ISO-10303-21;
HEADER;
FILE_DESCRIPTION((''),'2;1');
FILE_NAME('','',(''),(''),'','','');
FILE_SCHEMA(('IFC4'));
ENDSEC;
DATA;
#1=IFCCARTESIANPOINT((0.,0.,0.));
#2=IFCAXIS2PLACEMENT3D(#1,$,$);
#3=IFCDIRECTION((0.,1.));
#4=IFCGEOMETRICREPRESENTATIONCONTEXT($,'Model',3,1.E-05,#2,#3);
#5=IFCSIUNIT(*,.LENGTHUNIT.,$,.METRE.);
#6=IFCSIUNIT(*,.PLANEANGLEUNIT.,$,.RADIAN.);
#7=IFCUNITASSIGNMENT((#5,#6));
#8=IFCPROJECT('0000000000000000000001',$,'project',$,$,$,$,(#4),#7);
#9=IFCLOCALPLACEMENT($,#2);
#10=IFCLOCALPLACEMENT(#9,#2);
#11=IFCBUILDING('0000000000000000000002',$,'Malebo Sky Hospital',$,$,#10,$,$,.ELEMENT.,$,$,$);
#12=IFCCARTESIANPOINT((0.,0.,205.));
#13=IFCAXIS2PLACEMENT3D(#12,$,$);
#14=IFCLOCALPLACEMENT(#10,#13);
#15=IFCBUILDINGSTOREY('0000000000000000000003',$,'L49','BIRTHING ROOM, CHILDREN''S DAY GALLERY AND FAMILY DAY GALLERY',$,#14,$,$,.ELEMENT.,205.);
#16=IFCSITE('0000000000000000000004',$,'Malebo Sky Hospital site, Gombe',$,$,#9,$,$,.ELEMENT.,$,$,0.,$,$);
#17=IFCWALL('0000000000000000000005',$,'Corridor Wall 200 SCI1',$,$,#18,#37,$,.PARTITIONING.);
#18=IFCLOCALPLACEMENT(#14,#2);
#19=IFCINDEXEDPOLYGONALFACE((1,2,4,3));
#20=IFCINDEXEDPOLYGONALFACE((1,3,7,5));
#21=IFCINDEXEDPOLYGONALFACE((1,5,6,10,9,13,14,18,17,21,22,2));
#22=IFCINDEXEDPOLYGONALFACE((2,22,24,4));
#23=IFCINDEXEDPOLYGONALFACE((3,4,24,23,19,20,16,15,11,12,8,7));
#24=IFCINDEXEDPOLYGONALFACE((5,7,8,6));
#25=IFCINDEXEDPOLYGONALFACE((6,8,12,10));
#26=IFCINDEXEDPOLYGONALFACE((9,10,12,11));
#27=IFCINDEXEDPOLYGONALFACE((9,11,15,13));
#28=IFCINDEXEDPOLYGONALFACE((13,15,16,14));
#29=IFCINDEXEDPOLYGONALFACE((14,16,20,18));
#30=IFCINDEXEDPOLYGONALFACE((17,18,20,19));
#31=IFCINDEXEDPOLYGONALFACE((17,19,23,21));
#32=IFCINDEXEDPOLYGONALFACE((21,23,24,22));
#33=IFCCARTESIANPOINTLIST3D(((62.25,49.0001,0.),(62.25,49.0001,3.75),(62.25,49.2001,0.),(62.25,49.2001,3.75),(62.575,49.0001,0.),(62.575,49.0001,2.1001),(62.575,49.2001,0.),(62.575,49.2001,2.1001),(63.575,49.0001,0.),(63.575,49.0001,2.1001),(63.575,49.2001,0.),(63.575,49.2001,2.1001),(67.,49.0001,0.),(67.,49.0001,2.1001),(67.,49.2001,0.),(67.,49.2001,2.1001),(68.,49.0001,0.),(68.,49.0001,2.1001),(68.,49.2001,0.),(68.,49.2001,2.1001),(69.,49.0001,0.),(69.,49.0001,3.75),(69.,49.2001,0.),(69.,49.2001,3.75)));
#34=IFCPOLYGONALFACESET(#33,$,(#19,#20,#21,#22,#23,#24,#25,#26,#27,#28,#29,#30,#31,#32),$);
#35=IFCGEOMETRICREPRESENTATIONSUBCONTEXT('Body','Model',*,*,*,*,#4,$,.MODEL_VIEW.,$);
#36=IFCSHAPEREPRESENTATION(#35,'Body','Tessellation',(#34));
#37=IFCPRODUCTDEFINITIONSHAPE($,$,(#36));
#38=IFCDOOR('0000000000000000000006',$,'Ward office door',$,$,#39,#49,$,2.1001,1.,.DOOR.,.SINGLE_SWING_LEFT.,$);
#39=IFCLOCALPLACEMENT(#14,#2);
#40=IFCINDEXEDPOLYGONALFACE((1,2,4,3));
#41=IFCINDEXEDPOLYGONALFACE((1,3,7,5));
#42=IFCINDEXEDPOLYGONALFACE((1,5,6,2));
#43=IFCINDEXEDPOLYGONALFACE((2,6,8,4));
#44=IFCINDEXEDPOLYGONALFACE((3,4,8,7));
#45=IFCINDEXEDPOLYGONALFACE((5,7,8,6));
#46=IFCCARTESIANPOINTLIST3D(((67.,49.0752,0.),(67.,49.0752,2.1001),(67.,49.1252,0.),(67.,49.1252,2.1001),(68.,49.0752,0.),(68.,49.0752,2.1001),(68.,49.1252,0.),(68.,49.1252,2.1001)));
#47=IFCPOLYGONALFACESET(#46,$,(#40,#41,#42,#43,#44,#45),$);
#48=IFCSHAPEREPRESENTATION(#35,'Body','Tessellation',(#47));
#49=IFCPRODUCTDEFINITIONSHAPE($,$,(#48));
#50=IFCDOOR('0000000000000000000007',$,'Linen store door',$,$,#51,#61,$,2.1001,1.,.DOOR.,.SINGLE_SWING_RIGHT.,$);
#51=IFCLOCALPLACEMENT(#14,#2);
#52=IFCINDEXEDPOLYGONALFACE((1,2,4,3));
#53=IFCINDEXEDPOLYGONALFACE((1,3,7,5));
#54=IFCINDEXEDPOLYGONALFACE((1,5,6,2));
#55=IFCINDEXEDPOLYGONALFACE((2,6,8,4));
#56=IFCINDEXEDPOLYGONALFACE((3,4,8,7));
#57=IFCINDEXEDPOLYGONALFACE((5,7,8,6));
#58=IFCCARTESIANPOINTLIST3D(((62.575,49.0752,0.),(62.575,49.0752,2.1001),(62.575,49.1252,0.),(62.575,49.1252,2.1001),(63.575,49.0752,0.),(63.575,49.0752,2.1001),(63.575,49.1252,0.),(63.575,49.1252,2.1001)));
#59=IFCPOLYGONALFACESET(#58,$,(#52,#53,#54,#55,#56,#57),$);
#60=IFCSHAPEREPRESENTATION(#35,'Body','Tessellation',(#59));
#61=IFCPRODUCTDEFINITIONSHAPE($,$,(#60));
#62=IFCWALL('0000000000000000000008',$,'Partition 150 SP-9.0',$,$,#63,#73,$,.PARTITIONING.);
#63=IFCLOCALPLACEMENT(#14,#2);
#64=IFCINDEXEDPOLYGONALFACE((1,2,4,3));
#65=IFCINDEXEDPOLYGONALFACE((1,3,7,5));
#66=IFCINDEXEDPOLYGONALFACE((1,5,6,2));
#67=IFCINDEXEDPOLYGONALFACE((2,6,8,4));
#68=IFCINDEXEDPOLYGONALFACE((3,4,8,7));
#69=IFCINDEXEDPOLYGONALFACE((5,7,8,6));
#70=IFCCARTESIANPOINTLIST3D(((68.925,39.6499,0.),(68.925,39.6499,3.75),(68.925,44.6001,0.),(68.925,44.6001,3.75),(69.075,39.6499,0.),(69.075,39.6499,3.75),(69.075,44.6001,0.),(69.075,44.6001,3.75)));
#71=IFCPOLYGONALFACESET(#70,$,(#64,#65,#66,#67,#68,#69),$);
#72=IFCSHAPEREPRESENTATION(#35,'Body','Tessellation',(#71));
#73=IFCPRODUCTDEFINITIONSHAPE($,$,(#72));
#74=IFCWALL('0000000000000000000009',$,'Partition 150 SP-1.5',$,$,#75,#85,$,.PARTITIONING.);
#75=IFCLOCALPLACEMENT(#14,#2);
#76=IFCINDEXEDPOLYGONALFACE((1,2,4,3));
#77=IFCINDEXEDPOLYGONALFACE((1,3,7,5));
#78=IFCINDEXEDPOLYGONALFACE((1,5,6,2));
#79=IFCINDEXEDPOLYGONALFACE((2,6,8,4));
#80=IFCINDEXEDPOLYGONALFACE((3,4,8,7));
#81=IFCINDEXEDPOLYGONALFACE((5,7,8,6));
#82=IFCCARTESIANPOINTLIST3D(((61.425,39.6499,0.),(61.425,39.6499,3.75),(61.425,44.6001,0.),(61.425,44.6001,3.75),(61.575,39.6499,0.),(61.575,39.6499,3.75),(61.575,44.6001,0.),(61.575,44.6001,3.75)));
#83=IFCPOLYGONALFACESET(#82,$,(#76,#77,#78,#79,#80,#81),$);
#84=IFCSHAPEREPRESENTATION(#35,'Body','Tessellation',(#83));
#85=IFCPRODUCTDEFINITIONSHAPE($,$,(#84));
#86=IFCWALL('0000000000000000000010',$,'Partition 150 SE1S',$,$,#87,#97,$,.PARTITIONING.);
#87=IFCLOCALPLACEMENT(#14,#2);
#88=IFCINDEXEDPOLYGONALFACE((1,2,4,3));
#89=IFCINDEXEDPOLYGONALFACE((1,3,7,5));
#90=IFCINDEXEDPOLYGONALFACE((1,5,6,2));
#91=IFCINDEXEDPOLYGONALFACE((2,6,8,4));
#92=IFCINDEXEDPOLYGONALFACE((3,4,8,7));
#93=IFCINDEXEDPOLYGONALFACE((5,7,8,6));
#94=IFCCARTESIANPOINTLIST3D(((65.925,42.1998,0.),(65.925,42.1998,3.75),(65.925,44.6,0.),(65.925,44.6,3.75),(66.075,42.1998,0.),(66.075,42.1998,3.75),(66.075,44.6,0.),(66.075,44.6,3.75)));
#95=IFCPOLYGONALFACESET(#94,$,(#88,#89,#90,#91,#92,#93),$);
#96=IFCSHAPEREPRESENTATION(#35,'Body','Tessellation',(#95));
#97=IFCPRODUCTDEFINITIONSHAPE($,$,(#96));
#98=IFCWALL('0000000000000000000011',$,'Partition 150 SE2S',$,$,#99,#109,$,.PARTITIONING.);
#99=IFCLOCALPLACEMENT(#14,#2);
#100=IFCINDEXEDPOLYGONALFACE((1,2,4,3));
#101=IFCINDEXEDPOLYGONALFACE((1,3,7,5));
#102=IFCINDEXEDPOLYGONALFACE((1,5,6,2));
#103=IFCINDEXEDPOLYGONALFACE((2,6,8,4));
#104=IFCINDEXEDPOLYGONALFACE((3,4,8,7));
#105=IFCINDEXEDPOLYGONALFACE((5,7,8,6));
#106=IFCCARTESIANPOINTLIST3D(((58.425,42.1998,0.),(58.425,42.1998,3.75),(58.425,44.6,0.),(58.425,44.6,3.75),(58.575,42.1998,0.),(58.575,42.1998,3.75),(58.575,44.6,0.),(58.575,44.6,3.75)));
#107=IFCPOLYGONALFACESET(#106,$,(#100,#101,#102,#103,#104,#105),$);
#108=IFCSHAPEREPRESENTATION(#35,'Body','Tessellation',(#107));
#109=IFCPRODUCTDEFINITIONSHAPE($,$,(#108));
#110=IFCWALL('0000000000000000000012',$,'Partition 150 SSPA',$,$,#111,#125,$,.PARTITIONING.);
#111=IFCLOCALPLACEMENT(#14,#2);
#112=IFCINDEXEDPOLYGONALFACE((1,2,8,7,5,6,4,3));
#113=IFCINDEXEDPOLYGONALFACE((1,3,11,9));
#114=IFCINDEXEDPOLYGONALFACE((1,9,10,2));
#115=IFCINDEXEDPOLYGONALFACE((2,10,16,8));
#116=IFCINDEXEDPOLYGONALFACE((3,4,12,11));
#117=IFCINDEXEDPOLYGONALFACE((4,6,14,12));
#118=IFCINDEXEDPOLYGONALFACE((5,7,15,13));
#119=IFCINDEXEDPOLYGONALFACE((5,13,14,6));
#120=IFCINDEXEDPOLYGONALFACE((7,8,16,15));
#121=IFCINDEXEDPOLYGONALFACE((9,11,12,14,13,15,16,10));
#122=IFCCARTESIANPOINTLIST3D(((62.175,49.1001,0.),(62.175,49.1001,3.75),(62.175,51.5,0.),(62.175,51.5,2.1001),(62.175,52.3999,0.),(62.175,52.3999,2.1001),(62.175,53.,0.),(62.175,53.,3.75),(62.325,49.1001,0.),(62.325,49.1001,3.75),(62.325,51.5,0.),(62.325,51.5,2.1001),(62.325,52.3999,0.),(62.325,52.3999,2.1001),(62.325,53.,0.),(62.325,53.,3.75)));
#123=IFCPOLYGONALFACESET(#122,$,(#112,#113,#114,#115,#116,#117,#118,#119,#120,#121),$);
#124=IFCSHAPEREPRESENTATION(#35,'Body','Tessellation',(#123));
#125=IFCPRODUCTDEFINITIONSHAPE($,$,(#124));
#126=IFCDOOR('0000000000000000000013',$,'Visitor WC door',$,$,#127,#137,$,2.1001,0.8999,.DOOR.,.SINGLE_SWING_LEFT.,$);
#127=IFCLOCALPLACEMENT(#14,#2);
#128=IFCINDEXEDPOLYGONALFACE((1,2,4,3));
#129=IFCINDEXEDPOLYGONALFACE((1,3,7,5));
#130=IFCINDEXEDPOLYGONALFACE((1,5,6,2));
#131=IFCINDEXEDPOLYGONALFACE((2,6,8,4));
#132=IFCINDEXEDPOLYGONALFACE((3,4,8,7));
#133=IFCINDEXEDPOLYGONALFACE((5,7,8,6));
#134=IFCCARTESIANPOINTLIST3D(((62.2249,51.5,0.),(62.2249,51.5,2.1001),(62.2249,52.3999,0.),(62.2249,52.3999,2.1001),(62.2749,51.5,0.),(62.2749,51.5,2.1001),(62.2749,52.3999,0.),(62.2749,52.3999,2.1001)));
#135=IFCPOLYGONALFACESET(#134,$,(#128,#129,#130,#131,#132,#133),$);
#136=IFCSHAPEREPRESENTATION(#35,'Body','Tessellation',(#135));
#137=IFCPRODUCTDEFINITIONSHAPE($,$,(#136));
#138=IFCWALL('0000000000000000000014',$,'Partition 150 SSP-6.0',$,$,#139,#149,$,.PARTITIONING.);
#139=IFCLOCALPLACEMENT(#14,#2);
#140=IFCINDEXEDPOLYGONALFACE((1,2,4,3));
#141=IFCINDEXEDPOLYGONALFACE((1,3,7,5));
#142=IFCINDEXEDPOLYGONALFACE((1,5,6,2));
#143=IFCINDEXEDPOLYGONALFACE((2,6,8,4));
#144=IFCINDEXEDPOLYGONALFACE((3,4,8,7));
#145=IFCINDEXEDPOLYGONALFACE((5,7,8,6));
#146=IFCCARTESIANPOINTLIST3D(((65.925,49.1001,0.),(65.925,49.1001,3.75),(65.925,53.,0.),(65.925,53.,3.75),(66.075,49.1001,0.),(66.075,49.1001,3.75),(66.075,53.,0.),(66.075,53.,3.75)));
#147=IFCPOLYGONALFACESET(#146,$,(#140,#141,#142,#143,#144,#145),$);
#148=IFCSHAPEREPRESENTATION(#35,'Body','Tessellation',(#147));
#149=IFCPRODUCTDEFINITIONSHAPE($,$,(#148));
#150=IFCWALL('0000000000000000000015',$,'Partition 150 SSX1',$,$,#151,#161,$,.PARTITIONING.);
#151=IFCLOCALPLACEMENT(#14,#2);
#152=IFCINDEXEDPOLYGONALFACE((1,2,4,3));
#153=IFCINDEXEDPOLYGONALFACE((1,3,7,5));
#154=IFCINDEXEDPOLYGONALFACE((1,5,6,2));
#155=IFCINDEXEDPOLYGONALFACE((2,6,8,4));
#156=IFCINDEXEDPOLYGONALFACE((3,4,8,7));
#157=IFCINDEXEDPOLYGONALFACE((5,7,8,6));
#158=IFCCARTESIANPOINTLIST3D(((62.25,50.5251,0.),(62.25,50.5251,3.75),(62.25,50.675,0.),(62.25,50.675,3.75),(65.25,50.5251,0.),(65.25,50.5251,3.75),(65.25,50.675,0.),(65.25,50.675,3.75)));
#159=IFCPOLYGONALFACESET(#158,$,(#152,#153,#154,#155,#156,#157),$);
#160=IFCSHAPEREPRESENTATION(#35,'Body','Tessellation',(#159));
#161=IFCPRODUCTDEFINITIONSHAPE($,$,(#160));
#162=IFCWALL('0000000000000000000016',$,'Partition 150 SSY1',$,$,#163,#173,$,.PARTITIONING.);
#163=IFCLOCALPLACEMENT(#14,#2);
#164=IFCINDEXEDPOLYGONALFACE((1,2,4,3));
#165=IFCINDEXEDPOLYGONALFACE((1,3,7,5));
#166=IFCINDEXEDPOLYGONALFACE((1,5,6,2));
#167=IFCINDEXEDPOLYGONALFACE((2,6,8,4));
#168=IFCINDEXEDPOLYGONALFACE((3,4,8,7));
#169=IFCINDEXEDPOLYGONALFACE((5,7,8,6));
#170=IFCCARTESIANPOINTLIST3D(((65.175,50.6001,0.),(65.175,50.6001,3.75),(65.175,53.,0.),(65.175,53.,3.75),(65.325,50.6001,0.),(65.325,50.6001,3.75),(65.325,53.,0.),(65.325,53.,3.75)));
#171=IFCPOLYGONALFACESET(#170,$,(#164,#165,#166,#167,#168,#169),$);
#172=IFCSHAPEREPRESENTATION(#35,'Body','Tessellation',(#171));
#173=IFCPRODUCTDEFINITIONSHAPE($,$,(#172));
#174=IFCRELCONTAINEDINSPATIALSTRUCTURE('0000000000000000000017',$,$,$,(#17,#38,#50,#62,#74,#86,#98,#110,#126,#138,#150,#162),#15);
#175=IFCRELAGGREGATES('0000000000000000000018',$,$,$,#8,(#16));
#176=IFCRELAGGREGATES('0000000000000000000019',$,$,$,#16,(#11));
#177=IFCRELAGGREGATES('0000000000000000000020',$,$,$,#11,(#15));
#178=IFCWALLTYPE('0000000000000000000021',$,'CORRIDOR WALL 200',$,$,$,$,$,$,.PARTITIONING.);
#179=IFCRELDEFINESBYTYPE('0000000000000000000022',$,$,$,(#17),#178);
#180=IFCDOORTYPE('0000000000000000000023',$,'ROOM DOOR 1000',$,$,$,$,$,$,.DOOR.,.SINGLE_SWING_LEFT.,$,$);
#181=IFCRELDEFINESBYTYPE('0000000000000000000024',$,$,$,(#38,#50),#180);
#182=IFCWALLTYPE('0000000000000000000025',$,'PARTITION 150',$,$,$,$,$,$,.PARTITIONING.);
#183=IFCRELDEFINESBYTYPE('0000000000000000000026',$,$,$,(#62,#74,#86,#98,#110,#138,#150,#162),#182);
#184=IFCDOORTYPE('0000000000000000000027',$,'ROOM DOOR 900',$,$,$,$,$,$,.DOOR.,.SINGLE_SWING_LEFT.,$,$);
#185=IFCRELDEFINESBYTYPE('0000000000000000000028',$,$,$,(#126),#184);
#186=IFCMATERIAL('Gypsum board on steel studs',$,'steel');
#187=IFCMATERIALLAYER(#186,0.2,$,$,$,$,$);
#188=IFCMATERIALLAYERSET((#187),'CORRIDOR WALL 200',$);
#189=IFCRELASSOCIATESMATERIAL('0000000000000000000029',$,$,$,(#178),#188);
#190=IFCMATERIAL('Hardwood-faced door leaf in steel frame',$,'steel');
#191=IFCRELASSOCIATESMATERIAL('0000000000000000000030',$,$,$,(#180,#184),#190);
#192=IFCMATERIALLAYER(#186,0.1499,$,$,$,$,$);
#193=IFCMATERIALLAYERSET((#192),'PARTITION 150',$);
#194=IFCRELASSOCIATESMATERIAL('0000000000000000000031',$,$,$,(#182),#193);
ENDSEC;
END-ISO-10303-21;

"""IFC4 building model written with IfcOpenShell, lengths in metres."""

from ifc_helpers import new_model, si_unit, direction, frame, frame_2d, origin, place, context, subcontext, project, spatial, rectangle, extrude, material, layer, layer_set, type_object, element, fill, save


model = new_model("IFC4")

# Units and contexts
model_context = context("Model", 3, precision=1e-05, world=origin(), true_north=direction((0.0, 1.0)))
body_context = subcontext(model_context, "Body", "Model", "MODEL_VIEW")
ifc_project = project(units=[si_unit("LENGTHUNIT", "METRE"), si_unit("PLANEANGLEUNIT", "RADIAN")], contexts=[model_context])

# Site, building, storey
site_placement = place(None, origin())
site = spatial("IfcSite", under=ifc_project, at=site_placement, Name="Malebo Sky Hospital site, Gombe", CompositionType="ELEMENT", RefElevation=0.0)
building_placement = place(site_placement, origin())
building = spatial("IfcBuilding", under=site, at=building_placement, Name="Malebo Sky Hospital", CompositionType="ELEMENT")
storey_placement = place(building_placement, frame((0.0, 0.0, 205.0)))
storey = spatial("IfcBuildingStorey", under=building, at=storey_placement, Name="L49", Description="BIRTHING ROOM, CHILDREN'S DAY GALLERY AND FAMILY DAY GALLERY", CompositionType="ELEMENT", Elevation=205.0)

# Wall, openings, doors
ifc_material_1 = material(Name="Gypsum board on steel studs", Category="steel")
ifc_layer_1 = layer(ifc_material_1, 0.2)
ifc_layer_set_1 = layer_set([ifc_layer_1], Name="CORRIDOR WALL 200")
wall_type_1 = type_object("IfcWallType", Name="CORRIDOR WALL 200", PredefinedType="PARTITIONING", material=ifc_layer_set_1)
ifc_material_2 = material(Name="Hardwood-faced door leaf in steel frame", Category="steel")
wall_1_placement = place(storey_placement, frame((69.0, 49.1001, 0.0), z_axis=(0.0, 0.0, 1.0), x_axis=(-1.0, 0.0, 0.0)))
wall_1 = element("IfcWall", 1, at=wall_1_placement, inside=storey, type_object=wall_type_1, Name="Corridor Wall 200 SCI1", PredefinedType="PARTITIONING", context=body_context, shape_type="SweptSolid", body=[
    extrude(rectangle(XDim=6.75, YDim=0.2, at=frame_2d((3.375, 0.0))), origin(), (0.0, 0.0, 1.0), 3.75),
])
opening_1_placement = place(wall_1_placement, frame((1.0, 0.0, 0.0)))
opening_1 = element("IfcOpeningElement", 2, at=opening_1_placement, cuts=wall_1, PredefinedType="OPENING", context=body_context, shape_type="SweptSolid", body=[
    extrude(rectangle(XDim=1.0, YDim=2.1001, at=frame_2d((0.5, 1.05))), frame((0.0, 0.1099, 0.0), z_axis=(0.0, -1.0, 0.0), x_axis=(1.0, 0.0, 0.0)), (0.0, 0.0, 1.0), 0.22),
])
opening_2_placement = place(wall_1_placement, frame((5.425, 0.0, 0.0)))
opening_2 = element("IfcOpeningElement", 3, at=opening_2_placement, cuts=wall_1, PredefinedType="OPENING", context=body_context, shape_type="SweptSolid", body=[
    extrude(rectangle(XDim=1.0, YDim=2.1001, at=frame_2d((0.5, 1.05))), frame((0.0, 0.1099, 0.0), z_axis=(0.0, -1.0, 0.0), x_axis=(1.0, 0.0, 0.0)), (0.0, 0.0, 1.0), 0.22),
])
door_type_1 = type_object("IfcDoorType", Name="ROOM DOOR 1000", OperationType="SINGLE_SWING_LEFT", PredefinedType="DOOR", material=ifc_material_2)
door_1_placement = place(opening_1_placement, origin())
door_1 = element("IfcDoor", 4, at=door_1_placement, inside=storey, type_object=door_type_1, Name="Ward office door", OperationType="SINGLE_SWING_LEFT", OverallHeight=2.1001, OverallWidth=1.0, PredefinedType="DOOR", context=body_context, shape_type="SweptSolid", body=[
    extrude(rectangle(XDim=1.0, YDim=2.1001, at=frame_2d((0.5, 1.05))), frame((0.0, 0.0249, 0.0), z_axis=(0.0, -1.0, 0.0), x_axis=(1.0, 0.0, 0.0)), (0.0, 0.0, 1.0), 0.05),
])
fill(opening_1, door_1)
door_2_placement = place(opening_2_placement, origin())
door_2 = element("IfcDoor", 5, at=door_2_placement, inside=storey, type_object=door_type_1, Name="Linen store door", OperationType="SINGLE_SWING_RIGHT", OverallHeight=2.1001, OverallWidth=1.0, PredefinedType="DOOR", context=body_context, shape_type="SweptSolid", body=[
    extrude(rectangle(XDim=1.0, YDim=2.1001, at=frame_2d((0.5, 1.05))), frame((0.0, 0.0249, 0.0), z_axis=(0.0, -1.0, 0.0), x_axis=(1.0, 0.0, 0.0)), (0.0, 0.0, 1.0), 0.05),
])
fill(opening_2, door_2)

# Walls
ifc_layer_2 = layer(ifc_material_1, 0.1499)
ifc_layer_set_2 = layer_set([ifc_layer_2], Name="PARTITION 150")
wall_type_2 = type_object("IfcWallType", Name="PARTITION 150", PredefinedType="PARTITIONING", material=ifc_layer_set_2)
for number, where, z_axis, x_axis, name in (
    (6, (69.0, 44.6001, 0.0), (0.0, 0.0, 1.0), (0.0, -1.0, 0.0), "Partition 150 SP-9.0"),
    (7, (61.5, 44.6001, 0.0), (0.0, 0.0, 1.0), (0.0, -1.0, 0.0), "Partition 150 SP-1.5"),
):
    element("IfcWall", number, at=place(storey_placement, frame(where, z_axis=z_axis, x_axis=x_axis)), inside=storey, type_object=wall_type_2, Name=name, PredefinedType="PARTITIONING", context=body_context, shape_type="SweptSolid", body=[
        extrude(rectangle(XDim=4.9502, YDim=0.1499, at=frame_2d((2.4751, 0.0))), origin(), (0.0, 0.0, 1.0), 3.75),
    ])
for number, where, z_axis, x_axis, name in (
    (8, (66.0, 44.6001, 0.0), (0.0, 0.0, 1.0), (0.0, -1.0, 0.0), "Partition 150 SE1S"),
    (9, (58.5, 44.6001, 0.0), (0.0, 0.0, 1.0), (0.0, -1.0, 0.0), "Partition 150 SE2S"),
):
    element("IfcWall", number, at=place(storey_placement, frame(where, z_axis=z_axis, x_axis=x_axis)), inside=storey, type_object=wall_type_2, Name=name, PredefinedType="PARTITIONING", context=body_context, shape_type="SweptSolid", body=[
        extrude(rectangle(XDim=2.4001, YDim=0.1499, at=frame_2d((1.2002, 0.0))), origin(), (0.0, 0.0, 1.0), 3.75),
    ])

# Wall, opening, door
wall_2_placement = place(storey_placement, frame((62.25, 53.0, 0.0), z_axis=(0.0, 0.0, 1.0), x_axis=(0.0, -1.0, 0.0)))
wall_2 = element("IfcWall", 10, at=wall_2_placement, inside=storey, type_object=wall_type_2, Name="Partition 150 SSPA", PredefinedType="PARTITIONING", context=body_context, shape_type="SweptSolid", body=[
    extrude(rectangle(XDim=3.8999, YDim=0.1499, at=frame_2d((1.95, 0.0))), origin(), (0.0, 0.0, 1.0), 3.75),
])
opening_3_placement = place(wall_2_placement, frame((0.6001, 0.0, 0.0)))
opening_3 = element("IfcOpeningElement", 11, at=opening_3_placement, cuts=wall_2, PredefinedType="OPENING", context=body_context, shape_type="SweptSolid", body=[
    extrude(rectangle(XDim=0.8999, YDim=2.1001, at=frame_2d((0.45, 1.05))), frame((0.0, 0.085, 0.0), z_axis=(0.0, -1.0, 0.0), x_axis=(1.0, 0.0, 0.0)), (0.0, 0.0, 1.0), 0.1699),
])
door_type_2 = type_object("IfcDoorType", Name="ROOM DOOR 900", OperationType="SINGLE_SWING_LEFT", PredefinedType="DOOR", material=ifc_material_2)
door_3_placement = place(opening_3_placement, origin())
door_3 = element("IfcDoor", 12, at=door_3_placement, inside=storey, type_object=door_type_2, Name="Visitor WC door", OperationType="SINGLE_SWING_LEFT", OverallHeight=2.1001, OverallWidth=0.8999, PredefinedType="DOOR", context=body_context, shape_type="SweptSolid", body=[
    extrude(rectangle(XDim=0.8999, YDim=2.1001, at=frame_2d((0.45, 1.05))), frame((0.0, 0.0249, 0.0), z_axis=(0.0, -1.0, 0.0), x_axis=(1.0, 0.0, 0.0)), (0.0, 0.0, 1.0), 0.05),
])
fill(opening_3, door_3)

# Walls
wall_3_placement = place(storey_placement, frame((66.0, 53.0, 0.0), z_axis=(0.0, 0.0, 1.0), x_axis=(0.0, -1.0, 0.0)))
element("IfcWall", 13, at=wall_3_placement, inside=storey, type_object=wall_type_2, Name="Partition 150 SSP-6.0", PredefinedType="PARTITIONING", context=body_context, shape_type="SweptSolid", body=[
    extrude(rectangle(XDim=3.8999, YDim=0.1499, at=frame_2d((1.95, 0.0))), origin(), (0.0, 0.0, 1.0), 3.75),
])
wall_4_placement = place(storey_placement, frame((65.25, 50.6001, 0.0), z_axis=(0.0, 0.0, 1.0), x_axis=(-1.0, 0.0, 0.0)))
element("IfcWall", 14, at=wall_4_placement, inside=storey, type_object=wall_type_2, Name="Partition 150 SSX1", PredefinedType="PARTITIONING", context=body_context, shape_type="SweptSolid", body=[
    extrude(rectangle(XDim=3.0, YDim=0.1499, at=frame_2d((1.5, 0.0))), origin(), (0.0, 0.0, 1.0), 3.75),
])
wall_5_placement = place(storey_placement, frame((65.25, 53.0, 0.0), z_axis=(0.0, 0.0, 1.0), x_axis=(0.0, -1.0, 0.0)))
element("IfcWall", 15, at=wall_5_placement, inside=storey, type_object=wall_type_2, Name="Partition 150 SSY1", PredefinedType="PARTITIONING", context=body_context, shape_type="SweptSolid", body=[
    extrude(rectangle(XDim=2.3999, YDim=0.1499, at=frame_2d((1.2, 0.0))), origin(), (0.0, 0.0, 1.0), 3.75),
])

save(model, "model.ifc")
